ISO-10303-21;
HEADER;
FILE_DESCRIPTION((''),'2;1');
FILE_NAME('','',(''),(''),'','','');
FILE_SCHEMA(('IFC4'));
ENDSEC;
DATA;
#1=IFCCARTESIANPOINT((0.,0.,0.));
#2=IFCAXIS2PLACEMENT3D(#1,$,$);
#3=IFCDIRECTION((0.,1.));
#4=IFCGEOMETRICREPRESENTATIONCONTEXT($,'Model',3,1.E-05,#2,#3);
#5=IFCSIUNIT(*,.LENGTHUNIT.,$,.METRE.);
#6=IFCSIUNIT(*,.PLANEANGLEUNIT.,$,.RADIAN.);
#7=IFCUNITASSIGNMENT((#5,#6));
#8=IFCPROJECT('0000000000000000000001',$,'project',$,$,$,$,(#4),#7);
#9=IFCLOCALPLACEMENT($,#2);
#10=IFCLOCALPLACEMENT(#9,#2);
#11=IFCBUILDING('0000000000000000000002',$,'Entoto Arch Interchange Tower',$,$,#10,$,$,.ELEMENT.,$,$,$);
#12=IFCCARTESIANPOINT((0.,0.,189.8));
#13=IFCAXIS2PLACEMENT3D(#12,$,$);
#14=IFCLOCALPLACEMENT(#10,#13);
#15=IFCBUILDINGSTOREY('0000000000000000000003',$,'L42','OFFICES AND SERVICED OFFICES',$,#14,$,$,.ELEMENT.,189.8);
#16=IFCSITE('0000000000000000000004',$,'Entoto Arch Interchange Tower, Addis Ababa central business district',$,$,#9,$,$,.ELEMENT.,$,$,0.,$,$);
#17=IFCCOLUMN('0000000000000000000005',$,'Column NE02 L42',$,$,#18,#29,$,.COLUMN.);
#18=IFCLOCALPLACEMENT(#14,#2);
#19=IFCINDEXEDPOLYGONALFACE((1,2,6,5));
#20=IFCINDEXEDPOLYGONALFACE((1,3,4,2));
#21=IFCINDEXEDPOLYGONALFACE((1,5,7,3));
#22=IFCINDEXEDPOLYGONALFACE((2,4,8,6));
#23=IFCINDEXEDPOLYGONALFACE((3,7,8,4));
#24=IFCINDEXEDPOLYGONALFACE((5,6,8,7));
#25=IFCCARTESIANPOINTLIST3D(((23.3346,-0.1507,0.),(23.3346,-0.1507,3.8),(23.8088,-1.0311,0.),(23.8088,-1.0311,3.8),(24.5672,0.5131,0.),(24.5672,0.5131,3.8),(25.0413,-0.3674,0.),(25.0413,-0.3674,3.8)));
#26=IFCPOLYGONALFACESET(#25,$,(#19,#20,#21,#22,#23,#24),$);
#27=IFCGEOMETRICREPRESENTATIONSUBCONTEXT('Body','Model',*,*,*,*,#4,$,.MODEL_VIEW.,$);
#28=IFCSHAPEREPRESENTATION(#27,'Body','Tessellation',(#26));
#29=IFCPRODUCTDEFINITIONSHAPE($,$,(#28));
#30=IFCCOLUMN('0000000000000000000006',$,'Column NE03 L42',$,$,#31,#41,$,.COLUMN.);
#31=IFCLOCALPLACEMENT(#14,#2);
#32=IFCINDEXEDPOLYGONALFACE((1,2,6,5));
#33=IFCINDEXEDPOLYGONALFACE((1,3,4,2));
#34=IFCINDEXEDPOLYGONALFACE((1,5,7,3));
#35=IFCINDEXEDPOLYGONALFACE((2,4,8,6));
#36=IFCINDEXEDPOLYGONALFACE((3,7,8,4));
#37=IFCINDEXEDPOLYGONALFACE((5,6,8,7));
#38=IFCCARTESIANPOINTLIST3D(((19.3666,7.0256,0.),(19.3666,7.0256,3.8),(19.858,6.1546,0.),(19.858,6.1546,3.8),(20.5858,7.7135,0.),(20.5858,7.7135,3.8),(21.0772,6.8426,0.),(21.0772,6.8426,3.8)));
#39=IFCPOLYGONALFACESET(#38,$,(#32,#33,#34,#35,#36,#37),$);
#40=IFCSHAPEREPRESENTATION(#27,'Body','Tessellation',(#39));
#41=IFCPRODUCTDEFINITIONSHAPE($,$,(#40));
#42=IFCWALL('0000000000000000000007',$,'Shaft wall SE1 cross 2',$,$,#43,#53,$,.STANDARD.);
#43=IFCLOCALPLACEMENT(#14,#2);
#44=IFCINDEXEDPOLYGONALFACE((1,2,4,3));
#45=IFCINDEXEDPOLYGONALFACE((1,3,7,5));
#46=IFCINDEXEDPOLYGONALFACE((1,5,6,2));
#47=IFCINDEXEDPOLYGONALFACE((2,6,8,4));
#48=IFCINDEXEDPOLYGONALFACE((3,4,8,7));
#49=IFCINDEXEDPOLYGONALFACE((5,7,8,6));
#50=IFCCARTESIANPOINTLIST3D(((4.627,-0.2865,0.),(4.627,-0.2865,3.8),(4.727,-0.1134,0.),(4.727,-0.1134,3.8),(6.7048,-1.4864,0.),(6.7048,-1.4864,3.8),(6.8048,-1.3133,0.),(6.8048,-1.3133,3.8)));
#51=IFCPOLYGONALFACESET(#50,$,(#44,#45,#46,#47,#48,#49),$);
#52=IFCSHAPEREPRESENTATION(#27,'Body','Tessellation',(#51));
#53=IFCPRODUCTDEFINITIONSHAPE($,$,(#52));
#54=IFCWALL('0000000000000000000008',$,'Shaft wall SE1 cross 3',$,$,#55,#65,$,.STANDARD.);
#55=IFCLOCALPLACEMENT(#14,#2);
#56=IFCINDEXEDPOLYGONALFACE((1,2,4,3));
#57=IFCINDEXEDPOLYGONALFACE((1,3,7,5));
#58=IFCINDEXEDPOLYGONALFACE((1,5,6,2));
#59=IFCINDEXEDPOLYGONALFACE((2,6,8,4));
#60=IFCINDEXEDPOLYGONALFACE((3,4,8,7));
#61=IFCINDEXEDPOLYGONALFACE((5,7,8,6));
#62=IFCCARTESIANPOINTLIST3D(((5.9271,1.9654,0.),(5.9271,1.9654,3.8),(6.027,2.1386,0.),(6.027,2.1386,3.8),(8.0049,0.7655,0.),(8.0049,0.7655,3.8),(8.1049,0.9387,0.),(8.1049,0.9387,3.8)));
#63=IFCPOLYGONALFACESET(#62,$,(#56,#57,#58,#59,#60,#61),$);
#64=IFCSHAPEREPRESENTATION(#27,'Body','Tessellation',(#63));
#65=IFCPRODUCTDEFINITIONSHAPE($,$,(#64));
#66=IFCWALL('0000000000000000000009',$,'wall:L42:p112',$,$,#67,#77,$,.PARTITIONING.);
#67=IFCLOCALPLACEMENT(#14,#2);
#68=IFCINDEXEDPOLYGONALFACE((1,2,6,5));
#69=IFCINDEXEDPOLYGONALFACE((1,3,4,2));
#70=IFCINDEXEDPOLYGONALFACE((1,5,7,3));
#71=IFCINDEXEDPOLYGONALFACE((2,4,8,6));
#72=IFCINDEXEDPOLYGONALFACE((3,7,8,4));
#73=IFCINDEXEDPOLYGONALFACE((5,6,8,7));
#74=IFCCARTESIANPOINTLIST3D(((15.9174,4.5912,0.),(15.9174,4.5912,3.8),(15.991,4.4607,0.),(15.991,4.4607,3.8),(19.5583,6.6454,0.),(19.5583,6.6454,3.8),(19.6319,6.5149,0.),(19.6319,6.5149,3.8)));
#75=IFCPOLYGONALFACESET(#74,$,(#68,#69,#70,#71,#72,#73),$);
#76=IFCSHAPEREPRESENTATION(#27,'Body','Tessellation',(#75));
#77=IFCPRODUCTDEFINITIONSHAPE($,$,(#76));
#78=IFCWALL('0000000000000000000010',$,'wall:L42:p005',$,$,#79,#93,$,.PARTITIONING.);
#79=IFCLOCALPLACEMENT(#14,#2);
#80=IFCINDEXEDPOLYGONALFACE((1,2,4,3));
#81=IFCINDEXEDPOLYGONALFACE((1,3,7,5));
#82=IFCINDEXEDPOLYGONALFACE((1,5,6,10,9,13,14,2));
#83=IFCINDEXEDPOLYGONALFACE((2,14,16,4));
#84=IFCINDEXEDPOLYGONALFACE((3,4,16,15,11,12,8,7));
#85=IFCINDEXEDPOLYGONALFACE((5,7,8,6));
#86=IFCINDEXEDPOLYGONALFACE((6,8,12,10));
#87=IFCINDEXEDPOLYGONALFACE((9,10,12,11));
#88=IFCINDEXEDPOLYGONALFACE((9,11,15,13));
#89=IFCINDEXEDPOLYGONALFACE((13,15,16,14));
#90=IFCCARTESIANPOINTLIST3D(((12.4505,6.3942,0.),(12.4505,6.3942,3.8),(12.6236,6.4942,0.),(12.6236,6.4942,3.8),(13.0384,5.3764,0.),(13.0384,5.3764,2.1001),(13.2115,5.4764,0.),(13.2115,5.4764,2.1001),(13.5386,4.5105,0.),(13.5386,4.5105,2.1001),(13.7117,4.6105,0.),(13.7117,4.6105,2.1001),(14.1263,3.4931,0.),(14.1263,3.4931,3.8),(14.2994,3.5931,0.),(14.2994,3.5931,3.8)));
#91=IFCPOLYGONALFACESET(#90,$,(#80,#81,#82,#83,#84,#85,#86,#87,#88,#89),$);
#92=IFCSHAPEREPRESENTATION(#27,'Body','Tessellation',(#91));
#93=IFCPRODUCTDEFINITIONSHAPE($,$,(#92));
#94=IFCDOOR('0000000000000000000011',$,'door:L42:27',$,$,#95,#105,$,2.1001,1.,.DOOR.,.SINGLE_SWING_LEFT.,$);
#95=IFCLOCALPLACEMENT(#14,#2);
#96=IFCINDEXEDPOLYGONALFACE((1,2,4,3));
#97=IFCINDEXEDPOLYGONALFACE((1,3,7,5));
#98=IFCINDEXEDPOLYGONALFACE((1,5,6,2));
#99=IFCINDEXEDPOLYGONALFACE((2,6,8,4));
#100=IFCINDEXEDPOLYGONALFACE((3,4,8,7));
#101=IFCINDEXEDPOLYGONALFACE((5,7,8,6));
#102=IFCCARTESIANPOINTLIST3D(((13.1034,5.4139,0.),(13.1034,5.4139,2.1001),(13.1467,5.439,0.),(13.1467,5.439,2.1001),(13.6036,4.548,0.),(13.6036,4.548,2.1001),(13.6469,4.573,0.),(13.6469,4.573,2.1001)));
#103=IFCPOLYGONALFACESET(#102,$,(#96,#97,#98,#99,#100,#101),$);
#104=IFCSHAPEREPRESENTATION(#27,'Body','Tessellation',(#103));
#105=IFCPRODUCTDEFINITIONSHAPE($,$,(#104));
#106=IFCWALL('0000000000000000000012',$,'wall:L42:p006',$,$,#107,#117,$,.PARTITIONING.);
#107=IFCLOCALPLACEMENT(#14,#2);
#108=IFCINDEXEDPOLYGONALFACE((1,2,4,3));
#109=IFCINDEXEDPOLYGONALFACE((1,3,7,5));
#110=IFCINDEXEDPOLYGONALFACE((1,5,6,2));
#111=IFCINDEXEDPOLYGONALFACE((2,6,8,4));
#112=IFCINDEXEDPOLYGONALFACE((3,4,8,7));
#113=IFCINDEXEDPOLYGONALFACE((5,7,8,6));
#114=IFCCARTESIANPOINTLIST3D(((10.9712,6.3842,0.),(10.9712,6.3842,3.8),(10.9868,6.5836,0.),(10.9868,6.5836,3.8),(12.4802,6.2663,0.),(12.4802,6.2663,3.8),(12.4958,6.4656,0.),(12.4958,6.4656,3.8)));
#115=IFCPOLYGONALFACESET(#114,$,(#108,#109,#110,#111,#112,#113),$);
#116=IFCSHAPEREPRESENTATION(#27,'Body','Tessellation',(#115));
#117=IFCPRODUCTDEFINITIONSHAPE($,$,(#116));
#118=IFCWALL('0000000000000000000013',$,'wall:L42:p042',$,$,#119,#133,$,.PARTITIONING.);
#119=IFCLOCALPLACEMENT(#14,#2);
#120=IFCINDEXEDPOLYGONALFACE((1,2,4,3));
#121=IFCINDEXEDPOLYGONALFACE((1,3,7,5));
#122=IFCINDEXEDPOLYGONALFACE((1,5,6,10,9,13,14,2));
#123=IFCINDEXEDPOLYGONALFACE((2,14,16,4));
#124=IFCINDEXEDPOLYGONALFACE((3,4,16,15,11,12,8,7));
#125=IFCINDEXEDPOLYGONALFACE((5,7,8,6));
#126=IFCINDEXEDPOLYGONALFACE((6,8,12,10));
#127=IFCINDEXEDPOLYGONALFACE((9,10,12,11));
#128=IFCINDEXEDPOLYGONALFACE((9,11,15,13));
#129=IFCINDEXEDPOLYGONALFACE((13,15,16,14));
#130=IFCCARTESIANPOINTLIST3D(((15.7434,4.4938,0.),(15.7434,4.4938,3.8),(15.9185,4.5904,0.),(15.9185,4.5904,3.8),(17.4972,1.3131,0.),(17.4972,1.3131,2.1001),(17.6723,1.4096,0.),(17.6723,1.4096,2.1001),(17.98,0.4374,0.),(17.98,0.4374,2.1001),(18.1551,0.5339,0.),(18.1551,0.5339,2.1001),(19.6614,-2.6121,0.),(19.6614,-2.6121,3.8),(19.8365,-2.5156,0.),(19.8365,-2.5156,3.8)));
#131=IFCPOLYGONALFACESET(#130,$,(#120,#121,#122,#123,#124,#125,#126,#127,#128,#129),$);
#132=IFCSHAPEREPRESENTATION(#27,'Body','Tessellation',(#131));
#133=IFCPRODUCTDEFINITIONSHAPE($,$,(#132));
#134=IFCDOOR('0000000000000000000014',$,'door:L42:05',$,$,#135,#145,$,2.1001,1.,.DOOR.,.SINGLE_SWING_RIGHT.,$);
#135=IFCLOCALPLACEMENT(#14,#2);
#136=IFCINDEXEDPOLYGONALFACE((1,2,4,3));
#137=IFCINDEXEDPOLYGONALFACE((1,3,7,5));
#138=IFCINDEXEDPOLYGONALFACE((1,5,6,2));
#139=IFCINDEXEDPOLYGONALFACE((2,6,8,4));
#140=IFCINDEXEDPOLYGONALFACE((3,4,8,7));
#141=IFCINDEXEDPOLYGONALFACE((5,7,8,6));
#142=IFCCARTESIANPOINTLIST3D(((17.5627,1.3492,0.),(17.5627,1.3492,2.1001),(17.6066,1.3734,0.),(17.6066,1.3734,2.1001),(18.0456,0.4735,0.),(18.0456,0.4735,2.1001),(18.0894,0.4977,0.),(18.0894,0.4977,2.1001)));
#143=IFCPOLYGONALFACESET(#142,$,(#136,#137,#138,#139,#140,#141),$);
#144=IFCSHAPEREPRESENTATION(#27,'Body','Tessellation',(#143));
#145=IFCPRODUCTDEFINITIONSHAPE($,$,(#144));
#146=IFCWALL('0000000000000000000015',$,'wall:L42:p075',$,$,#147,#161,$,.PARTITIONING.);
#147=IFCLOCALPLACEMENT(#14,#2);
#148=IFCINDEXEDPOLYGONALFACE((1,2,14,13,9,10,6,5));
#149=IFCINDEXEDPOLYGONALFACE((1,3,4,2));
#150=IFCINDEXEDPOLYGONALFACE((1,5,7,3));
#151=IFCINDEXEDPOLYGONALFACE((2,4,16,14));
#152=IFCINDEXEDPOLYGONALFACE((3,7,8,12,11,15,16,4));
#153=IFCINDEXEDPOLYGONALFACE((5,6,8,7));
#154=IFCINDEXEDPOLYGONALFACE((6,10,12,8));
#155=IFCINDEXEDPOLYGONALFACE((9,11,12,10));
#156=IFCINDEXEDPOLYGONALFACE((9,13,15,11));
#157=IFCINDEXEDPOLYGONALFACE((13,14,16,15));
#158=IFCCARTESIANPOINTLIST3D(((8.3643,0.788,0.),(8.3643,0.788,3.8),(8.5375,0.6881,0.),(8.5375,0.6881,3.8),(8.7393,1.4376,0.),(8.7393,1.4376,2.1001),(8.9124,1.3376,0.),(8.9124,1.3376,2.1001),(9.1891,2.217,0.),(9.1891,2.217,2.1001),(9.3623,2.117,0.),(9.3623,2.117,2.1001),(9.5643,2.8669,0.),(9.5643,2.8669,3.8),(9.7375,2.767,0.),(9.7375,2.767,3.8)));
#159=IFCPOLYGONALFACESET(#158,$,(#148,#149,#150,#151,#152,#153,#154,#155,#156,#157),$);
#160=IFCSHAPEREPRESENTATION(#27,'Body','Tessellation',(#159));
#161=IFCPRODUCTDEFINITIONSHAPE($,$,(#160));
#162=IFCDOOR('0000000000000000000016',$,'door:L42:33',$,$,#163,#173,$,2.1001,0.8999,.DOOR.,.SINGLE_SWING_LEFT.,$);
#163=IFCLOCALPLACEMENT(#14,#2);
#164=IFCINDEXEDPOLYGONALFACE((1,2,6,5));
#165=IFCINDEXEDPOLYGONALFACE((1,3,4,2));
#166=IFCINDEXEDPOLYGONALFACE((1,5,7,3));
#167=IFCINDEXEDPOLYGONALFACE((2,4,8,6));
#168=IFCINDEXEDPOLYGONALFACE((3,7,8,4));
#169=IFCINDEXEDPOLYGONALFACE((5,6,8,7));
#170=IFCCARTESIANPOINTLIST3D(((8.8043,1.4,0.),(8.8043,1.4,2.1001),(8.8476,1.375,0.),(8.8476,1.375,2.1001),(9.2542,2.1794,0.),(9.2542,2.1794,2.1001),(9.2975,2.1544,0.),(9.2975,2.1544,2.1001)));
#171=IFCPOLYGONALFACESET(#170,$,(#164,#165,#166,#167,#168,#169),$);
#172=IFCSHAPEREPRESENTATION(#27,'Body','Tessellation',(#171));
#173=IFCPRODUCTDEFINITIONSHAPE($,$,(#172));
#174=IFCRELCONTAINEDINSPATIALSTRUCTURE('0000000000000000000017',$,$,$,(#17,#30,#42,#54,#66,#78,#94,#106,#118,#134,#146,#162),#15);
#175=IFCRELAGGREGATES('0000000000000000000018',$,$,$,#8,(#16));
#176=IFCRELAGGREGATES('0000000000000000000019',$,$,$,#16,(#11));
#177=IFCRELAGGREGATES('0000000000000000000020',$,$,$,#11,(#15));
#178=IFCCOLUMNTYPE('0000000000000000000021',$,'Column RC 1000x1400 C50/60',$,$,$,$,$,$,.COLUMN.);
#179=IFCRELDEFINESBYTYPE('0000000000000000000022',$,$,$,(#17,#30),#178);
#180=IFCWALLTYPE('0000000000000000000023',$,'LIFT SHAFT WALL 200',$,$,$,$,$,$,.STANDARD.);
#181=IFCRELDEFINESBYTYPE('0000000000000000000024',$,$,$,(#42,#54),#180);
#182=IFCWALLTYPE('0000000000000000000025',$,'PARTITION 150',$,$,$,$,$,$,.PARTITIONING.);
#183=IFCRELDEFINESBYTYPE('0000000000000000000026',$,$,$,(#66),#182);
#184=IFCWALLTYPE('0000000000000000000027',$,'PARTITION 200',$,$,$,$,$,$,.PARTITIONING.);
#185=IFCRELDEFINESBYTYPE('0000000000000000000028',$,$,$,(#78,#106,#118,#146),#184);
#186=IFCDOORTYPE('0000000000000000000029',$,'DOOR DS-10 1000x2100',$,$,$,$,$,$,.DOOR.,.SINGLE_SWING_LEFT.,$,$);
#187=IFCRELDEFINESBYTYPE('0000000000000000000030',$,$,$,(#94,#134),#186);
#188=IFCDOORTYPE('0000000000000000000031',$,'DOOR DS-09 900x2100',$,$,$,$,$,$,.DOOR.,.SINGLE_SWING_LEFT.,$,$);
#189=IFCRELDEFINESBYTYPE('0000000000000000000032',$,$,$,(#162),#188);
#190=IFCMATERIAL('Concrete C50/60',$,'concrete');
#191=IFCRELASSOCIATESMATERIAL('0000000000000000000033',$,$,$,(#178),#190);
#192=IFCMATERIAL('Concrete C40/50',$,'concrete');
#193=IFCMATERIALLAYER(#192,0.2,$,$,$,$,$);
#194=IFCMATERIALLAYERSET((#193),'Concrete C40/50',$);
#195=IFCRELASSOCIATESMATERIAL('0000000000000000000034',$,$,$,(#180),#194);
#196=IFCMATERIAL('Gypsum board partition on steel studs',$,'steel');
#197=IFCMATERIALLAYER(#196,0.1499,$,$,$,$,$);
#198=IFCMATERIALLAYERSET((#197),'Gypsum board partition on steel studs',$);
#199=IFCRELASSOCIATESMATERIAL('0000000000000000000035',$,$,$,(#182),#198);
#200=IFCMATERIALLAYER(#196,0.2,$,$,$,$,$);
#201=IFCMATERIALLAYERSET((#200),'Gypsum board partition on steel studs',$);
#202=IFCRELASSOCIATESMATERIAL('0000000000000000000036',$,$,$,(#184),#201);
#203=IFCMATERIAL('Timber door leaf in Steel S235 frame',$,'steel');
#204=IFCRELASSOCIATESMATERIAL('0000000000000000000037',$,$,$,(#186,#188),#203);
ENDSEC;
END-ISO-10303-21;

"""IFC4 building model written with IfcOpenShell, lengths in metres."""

from ifc_helpers import new_model, si_unit, direction, frame, frame_2d, origin, origin_2d, place, context, subcontext, project, spatial, rectangle, extrude, material, layer, layer_set, material_profile, profile_set, type_object, element, fill, save


model = new_model("IFC4")

# Units and contexts
model_context = context("Model", 3, precision=1e-05, world=origin(), true_north=direction((0.0, 1.0)))
body_context = subcontext(model_context, "Body", "Model", "MODEL_VIEW")
ifc_project = project(units=[si_unit("LENGTHUNIT", "METRE"), si_unit("PLANEANGLEUNIT", "RADIAN")], contexts=[model_context])

# Site, building, storey
site_placement = place(None, origin())
site = spatial("IfcSite", under=ifc_project, at=site_placement, Name="Entoto Arch Interchange Tower, Addis Ababa central business district", CompositionType="ELEMENT", RefElevation=0.0)
building_placement = place(site_placement, origin())
building = spatial("IfcBuilding", under=site, at=building_placement, Name="Entoto Arch Interchange Tower", CompositionType="ELEMENT")
storey_placement = place(building_placement, frame((0.0, 0.0, 189.8)))
storey = spatial("IfcBuildingStorey", under=building, at=storey_placement, Name="L42", Description="OFFICES AND SERVICED OFFICES", CompositionType="ELEMENT", Elevation=189.8)

# Columns
ifc_material_1 = material(Name="Concrete C50/60", Category="concrete")
ifc_material_profile = material_profile(ifc_material_1, rectangle(XDim=1.0, YDim=1.3999, at=origin_2d()))
ifc_profile_set = profile_set([ifc_material_profile], Name="Concrete C50/60")
column_type = type_object("IfcColumnType", Name="Column RC 1000x1400 C50/60", PredefinedType="COLUMN", material=ifc_profile_set)
for number, where, z_axis, x_axis, name in (
    (1, (24.188, -0.259, 0.0), (0.0, 0.0, 1.0), (-0.474134, 0.880453, 0.0), "Column NE02 L42"),
    (2, (20.2219, 6.9341, 0.0), (0.0, 0.0, 1.0), (-0.491436, 0.870914, 0.0), "Column NE03 L42"),
):
    element("IfcColumn", number, at=place(storey_placement, frame(where, z_axis=z_axis, x_axis=x_axis)), inside=storey, type_object=column_type, Name=name, PredefinedType="COLUMN", context=body_context, shape_type="SweptSolid", body=[
        extrude(rectangle(XDim=1.0, YDim=1.3999, at=origin_2d()), origin(), (0.0, 0.0, 1.0), 3.8),
    ])

# Walls
ifc_material_2 = material(Name="Concrete C40/50", Category="concrete")
ifc_layer_1 = layer(ifc_material_2, 0.2)
ifc_layer_set_1 = layer_set([ifc_layer_1], Name="Concrete C40/50")
wall_type_1 = type_object("IfcWallType", Name="LIFT SHAFT WALL 200", PredefinedType="STANDARD", material=ifc_layer_set_1)
for number, where, z_axis, x_axis, name in (
    (3, (4.677, -0.2, 0.0), (0.0, 0.0, 1.0), (0.865974, -0.500089, 0.0), "Shaft wall SE1 cross 2"),
    (4, (5.9771, 2.052, 0.0), (0.0, 0.0, 1.0), (0.865974, -0.500089, 0.0), "Shaft wall SE1 cross 3"),
):
    element("IfcWall", number, at=place(storey_placement, frame(where, z_axis=z_axis, x_axis=x_axis)), inside=storey, type_object=wall_type_1, Name=name, PredefinedType="STANDARD", context=body_context, shape_type="SweptSolid", body=[
        extrude(rectangle(XDim=2.3994, YDim=0.2, at=frame_2d((1.1997, 0.0))), origin(), (0.0, 0.0, 1.0), 3.8),
    ])
ifc_material_3 = material(Name="Gypsum board partition on steel studs", Category="steel")
ifc_layer_2 = layer(ifc_material_3, 0.1499)
ifc_layer_set_2 = layer_set([ifc_layer_2], Name="Gypsum board partition on steel studs")
wall_type_2 = type_object("IfcWallType", Name="PARTITION 150", PredefinedType="PARTITIONING", material=ifc_layer_set_2)
wall_1_placement = place(storey_placement, frame((15.9541, 4.5259, 0.0), z_axis=(0.0, 0.0, 1.0), x_axis=(0.87094, 0.491389, 0.0)))
element("IfcWall", 5, at=wall_1_placement, inside=storey, type_object=wall_type_2, Name="wall:L42:p112", PredefinedType="PARTITIONING", context=body_context, shape_type="SweptSolid", body=[
    extrude(rectangle(XDim=4.1804, YDim=0.1499, at=frame_2d((2.0903, 0.0))), origin(), (0.0, 0.0, 1.0), 3.8),
])

# Wall, opening, door
ifc_layer_3 = layer(ifc_material_3, 0.2)
ifc_layer_set_3 = layer_set([ifc_layer_3], Name="Gypsum board partition on steel studs")
wall_type_3 = type_object("IfcWallType", Name="PARTITION 200", PredefinedType="PARTITIONING", material=ifc_layer_set_3)
wall_2_placement = place(storey_placement, frame((14.2129, 3.543, 0.0), z_axis=(0.0, 0.0, 1.0), x_axis=(-0.500183, 0.86592, 0.0)))
wall_2 = element("IfcWall", 6, at=wall_2_placement, inside=storey, type_object=wall_type_3, Name="wall:L42:p005", PredefinedType="PARTITIONING", context=body_context, shape_type="SweptSolid", body=[
    extrude(rectangle(XDim=3.3503, YDim=0.2, at=frame_2d((1.6753, 0.0))), origin(), (0.0, 0.0, 1.0), 3.8),
])
opening_1_placement = place(wall_2_placement, frame((1.175, 0.0, 0.0)))
opening_1 = element("IfcOpeningElement", 7, at=opening_1_placement, cuts=wall_2, PredefinedType="OPENING", context=body_context, shape_type="SweptSolid", body=[
    extrude(rectangle(XDim=1.0, YDim=2.1001, at=frame_2d((0.5, 1.05))), frame((0.0, 0.1099, 0.0), z_axis=(0.0, -1.0, 0.0), x_axis=(1.0, 0.0, 0.0)), (0.0, 0.0, 1.0), 0.22),
])
ifc_material_4 = material(Name="Timber door leaf in Steel S235 frame", Category="steel")
door_type_1 = type_object("IfcDoorType", Name="DOOR DS-10 1000x2100", OperationType="SINGLE_SWING_LEFT", PredefinedType="DOOR", material=ifc_material_4)
door_1_placement = place(opening_1_placement, origin())
door_1 = element("IfcDoor", 8, at=door_1_placement, inside=storey, type_object=door_type_1, Name="door:L42:27", OperationType="SINGLE_SWING_LEFT", OverallHeight=2.1001, OverallWidth=1.0, PredefinedType="DOOR", context=body_context, shape_type="SweptSolid", body=[
    extrude(rectangle(XDim=1.0, YDim=2.1001, at=frame_2d((0.5, 1.05))), frame((0.0, 0.0249, 0.0), z_axis=(0.0, -1.0, 0.0), x_axis=(1.0, 0.0, 0.0)), (0.0, 0.0, 1.0), 0.05),
])
fill(opening_1, door_1)

# Wall
wall_3_placement = place(storey_placement, frame((12.488, 6.366, 0.0), z_axis=(0.0, 0.0, 1.0), x_axis=(-0.996961, 0.077905, 0.0)))
element("IfcWall", 9, at=wall_3_placement, inside=storey, type_object=wall_type_3, Name="wall:L42:p006", PredefinedType="PARTITIONING", context=body_context, shape_type="SweptSolid", body=[
    extrude(rectangle(XDim=1.5137, YDim=0.2, at=frame_2d((0.7568, 0.0))), origin(), (0.0, 0.0, 1.0), 3.8),
])

# Walls, openings, doors
wall_4_placement = place(storey_placement, frame((15.8311, 4.542, 0.0), z_axis=(0.0, 0.0, 1.0), x_axis=(0.482836, -0.875711, 0.0)))
wall_4 = element("IfcWall", 10, at=wall_4_placement, inside=storey, type_object=wall_type_3, Name="wall:L42:p042", PredefinedType="PARTITIONING", context=body_context, shape_type="SweptSolid", body=[
    extrude(rectangle(XDim=8.1145, YDim=0.2, at=frame_2d((4.0571, 0.0))), origin(), (0.0, 0.0, 1.0), 3.8),
])
opening_2_placement = place(wall_4_placement, frame((3.6321, 0.0, 0.0)))
opening_2 = element("IfcOpeningElement", 11, at=opening_2_placement, cuts=wall_4, PredefinedType="OPENING", context=body_context, shape_type="SweptSolid", body=[
    extrude(rectangle(XDim=1.0, YDim=2.1001, at=frame_2d((0.5, 1.05))), frame((0.0, 0.1099, 0.0), z_axis=(0.0, -1.0, 0.0), x_axis=(1.0, 0.0, 0.0)), (0.0, 0.0, 1.0), 0.22),
])
door_2_placement = place(opening_2_placement, origin())
door_2 = element("IfcDoor", 12, at=door_2_placement, inside=storey, type_object=door_type_1, Name="door:L42:05", OperationType="SINGLE_SWING_RIGHT", OverallHeight=2.1001, OverallWidth=1.0, PredefinedType="DOOR", context=body_context, shape_type="SweptSolid", body=[
    extrude(rectangle(XDim=1.0, YDim=2.1001, at=frame_2d((0.5, 1.05))), frame((0.0, 0.0249, 0.0), z_axis=(0.0, -1.0, 0.0), x_axis=(1.0, 0.0, 0.0)), (0.0, 0.0, 1.0), 0.05),
])
fill(opening_2, door_2)
wall_5_placement = place(storey_placement, frame((8.4509, 0.738, 0.0), z_axis=(0.0, 0.0, 1.0), x_axis=(0.499913, 0.866075, 0.0)))
wall_5 = element("IfcWall", 13, at=wall_5_placement, inside=storey, type_object=wall_type_3, Name="wall:L42:p075", PredefinedType="PARTITIONING", context=body_context, shape_type="SweptSolid", body=[
    extrude(rectangle(XDim=2.4004, YDim=0.2, at=frame_2d((1.2002, 0.0))), origin(), (0.0, 0.0, 1.0), 3.8),
])
opening_3_placement = place(wall_5_placement, frame((0.75, 0.0, 0.0)))
opening_3 = element("IfcOpeningElement", 14, at=opening_3_placement, cuts=wall_5, PredefinedType="OPENING", context=body_context, shape_type="SweptSolid", body=[
    extrude(rectangle(XDim=0.8999, YDim=2.1001, at=frame_2d((0.45, 1.05))), frame((0.0, 0.1099, 0.0), z_axis=(0.0, -1.0, 0.0), x_axis=(1.0, 0.0, 0.0)), (0.0, 0.0, 1.0), 0.22),
])
door_type_2 = type_object("IfcDoorType", Name="DOOR DS-09 900x2100", OperationType="SINGLE_SWING_LEFT", PredefinedType="DOOR", material=ifc_material_4)
door_3_placement = place(opening_3_placement, origin())
door_3 = element("IfcDoor", 15, at=door_3_placement, inside=storey, type_object=door_type_2, Name="door:L42:33", OperationType="SINGLE_SWING_LEFT", OverallHeight=2.1001, OverallWidth=0.8999, PredefinedType="DOOR", context=body_context, shape_type="SweptSolid", body=[
    extrude(rectangle(XDim=0.8999, YDim=2.1001, at=frame_2d((0.45, 1.05))), frame((0.0, 0.0249, 0.0), z_axis=(0.0, -1.0, 0.0), x_axis=(1.0, 0.0, 0.0)), (0.0, 0.0, 1.0), 0.05),
])
fill(opening_3, door_3)

save(model, "model.ifc")
